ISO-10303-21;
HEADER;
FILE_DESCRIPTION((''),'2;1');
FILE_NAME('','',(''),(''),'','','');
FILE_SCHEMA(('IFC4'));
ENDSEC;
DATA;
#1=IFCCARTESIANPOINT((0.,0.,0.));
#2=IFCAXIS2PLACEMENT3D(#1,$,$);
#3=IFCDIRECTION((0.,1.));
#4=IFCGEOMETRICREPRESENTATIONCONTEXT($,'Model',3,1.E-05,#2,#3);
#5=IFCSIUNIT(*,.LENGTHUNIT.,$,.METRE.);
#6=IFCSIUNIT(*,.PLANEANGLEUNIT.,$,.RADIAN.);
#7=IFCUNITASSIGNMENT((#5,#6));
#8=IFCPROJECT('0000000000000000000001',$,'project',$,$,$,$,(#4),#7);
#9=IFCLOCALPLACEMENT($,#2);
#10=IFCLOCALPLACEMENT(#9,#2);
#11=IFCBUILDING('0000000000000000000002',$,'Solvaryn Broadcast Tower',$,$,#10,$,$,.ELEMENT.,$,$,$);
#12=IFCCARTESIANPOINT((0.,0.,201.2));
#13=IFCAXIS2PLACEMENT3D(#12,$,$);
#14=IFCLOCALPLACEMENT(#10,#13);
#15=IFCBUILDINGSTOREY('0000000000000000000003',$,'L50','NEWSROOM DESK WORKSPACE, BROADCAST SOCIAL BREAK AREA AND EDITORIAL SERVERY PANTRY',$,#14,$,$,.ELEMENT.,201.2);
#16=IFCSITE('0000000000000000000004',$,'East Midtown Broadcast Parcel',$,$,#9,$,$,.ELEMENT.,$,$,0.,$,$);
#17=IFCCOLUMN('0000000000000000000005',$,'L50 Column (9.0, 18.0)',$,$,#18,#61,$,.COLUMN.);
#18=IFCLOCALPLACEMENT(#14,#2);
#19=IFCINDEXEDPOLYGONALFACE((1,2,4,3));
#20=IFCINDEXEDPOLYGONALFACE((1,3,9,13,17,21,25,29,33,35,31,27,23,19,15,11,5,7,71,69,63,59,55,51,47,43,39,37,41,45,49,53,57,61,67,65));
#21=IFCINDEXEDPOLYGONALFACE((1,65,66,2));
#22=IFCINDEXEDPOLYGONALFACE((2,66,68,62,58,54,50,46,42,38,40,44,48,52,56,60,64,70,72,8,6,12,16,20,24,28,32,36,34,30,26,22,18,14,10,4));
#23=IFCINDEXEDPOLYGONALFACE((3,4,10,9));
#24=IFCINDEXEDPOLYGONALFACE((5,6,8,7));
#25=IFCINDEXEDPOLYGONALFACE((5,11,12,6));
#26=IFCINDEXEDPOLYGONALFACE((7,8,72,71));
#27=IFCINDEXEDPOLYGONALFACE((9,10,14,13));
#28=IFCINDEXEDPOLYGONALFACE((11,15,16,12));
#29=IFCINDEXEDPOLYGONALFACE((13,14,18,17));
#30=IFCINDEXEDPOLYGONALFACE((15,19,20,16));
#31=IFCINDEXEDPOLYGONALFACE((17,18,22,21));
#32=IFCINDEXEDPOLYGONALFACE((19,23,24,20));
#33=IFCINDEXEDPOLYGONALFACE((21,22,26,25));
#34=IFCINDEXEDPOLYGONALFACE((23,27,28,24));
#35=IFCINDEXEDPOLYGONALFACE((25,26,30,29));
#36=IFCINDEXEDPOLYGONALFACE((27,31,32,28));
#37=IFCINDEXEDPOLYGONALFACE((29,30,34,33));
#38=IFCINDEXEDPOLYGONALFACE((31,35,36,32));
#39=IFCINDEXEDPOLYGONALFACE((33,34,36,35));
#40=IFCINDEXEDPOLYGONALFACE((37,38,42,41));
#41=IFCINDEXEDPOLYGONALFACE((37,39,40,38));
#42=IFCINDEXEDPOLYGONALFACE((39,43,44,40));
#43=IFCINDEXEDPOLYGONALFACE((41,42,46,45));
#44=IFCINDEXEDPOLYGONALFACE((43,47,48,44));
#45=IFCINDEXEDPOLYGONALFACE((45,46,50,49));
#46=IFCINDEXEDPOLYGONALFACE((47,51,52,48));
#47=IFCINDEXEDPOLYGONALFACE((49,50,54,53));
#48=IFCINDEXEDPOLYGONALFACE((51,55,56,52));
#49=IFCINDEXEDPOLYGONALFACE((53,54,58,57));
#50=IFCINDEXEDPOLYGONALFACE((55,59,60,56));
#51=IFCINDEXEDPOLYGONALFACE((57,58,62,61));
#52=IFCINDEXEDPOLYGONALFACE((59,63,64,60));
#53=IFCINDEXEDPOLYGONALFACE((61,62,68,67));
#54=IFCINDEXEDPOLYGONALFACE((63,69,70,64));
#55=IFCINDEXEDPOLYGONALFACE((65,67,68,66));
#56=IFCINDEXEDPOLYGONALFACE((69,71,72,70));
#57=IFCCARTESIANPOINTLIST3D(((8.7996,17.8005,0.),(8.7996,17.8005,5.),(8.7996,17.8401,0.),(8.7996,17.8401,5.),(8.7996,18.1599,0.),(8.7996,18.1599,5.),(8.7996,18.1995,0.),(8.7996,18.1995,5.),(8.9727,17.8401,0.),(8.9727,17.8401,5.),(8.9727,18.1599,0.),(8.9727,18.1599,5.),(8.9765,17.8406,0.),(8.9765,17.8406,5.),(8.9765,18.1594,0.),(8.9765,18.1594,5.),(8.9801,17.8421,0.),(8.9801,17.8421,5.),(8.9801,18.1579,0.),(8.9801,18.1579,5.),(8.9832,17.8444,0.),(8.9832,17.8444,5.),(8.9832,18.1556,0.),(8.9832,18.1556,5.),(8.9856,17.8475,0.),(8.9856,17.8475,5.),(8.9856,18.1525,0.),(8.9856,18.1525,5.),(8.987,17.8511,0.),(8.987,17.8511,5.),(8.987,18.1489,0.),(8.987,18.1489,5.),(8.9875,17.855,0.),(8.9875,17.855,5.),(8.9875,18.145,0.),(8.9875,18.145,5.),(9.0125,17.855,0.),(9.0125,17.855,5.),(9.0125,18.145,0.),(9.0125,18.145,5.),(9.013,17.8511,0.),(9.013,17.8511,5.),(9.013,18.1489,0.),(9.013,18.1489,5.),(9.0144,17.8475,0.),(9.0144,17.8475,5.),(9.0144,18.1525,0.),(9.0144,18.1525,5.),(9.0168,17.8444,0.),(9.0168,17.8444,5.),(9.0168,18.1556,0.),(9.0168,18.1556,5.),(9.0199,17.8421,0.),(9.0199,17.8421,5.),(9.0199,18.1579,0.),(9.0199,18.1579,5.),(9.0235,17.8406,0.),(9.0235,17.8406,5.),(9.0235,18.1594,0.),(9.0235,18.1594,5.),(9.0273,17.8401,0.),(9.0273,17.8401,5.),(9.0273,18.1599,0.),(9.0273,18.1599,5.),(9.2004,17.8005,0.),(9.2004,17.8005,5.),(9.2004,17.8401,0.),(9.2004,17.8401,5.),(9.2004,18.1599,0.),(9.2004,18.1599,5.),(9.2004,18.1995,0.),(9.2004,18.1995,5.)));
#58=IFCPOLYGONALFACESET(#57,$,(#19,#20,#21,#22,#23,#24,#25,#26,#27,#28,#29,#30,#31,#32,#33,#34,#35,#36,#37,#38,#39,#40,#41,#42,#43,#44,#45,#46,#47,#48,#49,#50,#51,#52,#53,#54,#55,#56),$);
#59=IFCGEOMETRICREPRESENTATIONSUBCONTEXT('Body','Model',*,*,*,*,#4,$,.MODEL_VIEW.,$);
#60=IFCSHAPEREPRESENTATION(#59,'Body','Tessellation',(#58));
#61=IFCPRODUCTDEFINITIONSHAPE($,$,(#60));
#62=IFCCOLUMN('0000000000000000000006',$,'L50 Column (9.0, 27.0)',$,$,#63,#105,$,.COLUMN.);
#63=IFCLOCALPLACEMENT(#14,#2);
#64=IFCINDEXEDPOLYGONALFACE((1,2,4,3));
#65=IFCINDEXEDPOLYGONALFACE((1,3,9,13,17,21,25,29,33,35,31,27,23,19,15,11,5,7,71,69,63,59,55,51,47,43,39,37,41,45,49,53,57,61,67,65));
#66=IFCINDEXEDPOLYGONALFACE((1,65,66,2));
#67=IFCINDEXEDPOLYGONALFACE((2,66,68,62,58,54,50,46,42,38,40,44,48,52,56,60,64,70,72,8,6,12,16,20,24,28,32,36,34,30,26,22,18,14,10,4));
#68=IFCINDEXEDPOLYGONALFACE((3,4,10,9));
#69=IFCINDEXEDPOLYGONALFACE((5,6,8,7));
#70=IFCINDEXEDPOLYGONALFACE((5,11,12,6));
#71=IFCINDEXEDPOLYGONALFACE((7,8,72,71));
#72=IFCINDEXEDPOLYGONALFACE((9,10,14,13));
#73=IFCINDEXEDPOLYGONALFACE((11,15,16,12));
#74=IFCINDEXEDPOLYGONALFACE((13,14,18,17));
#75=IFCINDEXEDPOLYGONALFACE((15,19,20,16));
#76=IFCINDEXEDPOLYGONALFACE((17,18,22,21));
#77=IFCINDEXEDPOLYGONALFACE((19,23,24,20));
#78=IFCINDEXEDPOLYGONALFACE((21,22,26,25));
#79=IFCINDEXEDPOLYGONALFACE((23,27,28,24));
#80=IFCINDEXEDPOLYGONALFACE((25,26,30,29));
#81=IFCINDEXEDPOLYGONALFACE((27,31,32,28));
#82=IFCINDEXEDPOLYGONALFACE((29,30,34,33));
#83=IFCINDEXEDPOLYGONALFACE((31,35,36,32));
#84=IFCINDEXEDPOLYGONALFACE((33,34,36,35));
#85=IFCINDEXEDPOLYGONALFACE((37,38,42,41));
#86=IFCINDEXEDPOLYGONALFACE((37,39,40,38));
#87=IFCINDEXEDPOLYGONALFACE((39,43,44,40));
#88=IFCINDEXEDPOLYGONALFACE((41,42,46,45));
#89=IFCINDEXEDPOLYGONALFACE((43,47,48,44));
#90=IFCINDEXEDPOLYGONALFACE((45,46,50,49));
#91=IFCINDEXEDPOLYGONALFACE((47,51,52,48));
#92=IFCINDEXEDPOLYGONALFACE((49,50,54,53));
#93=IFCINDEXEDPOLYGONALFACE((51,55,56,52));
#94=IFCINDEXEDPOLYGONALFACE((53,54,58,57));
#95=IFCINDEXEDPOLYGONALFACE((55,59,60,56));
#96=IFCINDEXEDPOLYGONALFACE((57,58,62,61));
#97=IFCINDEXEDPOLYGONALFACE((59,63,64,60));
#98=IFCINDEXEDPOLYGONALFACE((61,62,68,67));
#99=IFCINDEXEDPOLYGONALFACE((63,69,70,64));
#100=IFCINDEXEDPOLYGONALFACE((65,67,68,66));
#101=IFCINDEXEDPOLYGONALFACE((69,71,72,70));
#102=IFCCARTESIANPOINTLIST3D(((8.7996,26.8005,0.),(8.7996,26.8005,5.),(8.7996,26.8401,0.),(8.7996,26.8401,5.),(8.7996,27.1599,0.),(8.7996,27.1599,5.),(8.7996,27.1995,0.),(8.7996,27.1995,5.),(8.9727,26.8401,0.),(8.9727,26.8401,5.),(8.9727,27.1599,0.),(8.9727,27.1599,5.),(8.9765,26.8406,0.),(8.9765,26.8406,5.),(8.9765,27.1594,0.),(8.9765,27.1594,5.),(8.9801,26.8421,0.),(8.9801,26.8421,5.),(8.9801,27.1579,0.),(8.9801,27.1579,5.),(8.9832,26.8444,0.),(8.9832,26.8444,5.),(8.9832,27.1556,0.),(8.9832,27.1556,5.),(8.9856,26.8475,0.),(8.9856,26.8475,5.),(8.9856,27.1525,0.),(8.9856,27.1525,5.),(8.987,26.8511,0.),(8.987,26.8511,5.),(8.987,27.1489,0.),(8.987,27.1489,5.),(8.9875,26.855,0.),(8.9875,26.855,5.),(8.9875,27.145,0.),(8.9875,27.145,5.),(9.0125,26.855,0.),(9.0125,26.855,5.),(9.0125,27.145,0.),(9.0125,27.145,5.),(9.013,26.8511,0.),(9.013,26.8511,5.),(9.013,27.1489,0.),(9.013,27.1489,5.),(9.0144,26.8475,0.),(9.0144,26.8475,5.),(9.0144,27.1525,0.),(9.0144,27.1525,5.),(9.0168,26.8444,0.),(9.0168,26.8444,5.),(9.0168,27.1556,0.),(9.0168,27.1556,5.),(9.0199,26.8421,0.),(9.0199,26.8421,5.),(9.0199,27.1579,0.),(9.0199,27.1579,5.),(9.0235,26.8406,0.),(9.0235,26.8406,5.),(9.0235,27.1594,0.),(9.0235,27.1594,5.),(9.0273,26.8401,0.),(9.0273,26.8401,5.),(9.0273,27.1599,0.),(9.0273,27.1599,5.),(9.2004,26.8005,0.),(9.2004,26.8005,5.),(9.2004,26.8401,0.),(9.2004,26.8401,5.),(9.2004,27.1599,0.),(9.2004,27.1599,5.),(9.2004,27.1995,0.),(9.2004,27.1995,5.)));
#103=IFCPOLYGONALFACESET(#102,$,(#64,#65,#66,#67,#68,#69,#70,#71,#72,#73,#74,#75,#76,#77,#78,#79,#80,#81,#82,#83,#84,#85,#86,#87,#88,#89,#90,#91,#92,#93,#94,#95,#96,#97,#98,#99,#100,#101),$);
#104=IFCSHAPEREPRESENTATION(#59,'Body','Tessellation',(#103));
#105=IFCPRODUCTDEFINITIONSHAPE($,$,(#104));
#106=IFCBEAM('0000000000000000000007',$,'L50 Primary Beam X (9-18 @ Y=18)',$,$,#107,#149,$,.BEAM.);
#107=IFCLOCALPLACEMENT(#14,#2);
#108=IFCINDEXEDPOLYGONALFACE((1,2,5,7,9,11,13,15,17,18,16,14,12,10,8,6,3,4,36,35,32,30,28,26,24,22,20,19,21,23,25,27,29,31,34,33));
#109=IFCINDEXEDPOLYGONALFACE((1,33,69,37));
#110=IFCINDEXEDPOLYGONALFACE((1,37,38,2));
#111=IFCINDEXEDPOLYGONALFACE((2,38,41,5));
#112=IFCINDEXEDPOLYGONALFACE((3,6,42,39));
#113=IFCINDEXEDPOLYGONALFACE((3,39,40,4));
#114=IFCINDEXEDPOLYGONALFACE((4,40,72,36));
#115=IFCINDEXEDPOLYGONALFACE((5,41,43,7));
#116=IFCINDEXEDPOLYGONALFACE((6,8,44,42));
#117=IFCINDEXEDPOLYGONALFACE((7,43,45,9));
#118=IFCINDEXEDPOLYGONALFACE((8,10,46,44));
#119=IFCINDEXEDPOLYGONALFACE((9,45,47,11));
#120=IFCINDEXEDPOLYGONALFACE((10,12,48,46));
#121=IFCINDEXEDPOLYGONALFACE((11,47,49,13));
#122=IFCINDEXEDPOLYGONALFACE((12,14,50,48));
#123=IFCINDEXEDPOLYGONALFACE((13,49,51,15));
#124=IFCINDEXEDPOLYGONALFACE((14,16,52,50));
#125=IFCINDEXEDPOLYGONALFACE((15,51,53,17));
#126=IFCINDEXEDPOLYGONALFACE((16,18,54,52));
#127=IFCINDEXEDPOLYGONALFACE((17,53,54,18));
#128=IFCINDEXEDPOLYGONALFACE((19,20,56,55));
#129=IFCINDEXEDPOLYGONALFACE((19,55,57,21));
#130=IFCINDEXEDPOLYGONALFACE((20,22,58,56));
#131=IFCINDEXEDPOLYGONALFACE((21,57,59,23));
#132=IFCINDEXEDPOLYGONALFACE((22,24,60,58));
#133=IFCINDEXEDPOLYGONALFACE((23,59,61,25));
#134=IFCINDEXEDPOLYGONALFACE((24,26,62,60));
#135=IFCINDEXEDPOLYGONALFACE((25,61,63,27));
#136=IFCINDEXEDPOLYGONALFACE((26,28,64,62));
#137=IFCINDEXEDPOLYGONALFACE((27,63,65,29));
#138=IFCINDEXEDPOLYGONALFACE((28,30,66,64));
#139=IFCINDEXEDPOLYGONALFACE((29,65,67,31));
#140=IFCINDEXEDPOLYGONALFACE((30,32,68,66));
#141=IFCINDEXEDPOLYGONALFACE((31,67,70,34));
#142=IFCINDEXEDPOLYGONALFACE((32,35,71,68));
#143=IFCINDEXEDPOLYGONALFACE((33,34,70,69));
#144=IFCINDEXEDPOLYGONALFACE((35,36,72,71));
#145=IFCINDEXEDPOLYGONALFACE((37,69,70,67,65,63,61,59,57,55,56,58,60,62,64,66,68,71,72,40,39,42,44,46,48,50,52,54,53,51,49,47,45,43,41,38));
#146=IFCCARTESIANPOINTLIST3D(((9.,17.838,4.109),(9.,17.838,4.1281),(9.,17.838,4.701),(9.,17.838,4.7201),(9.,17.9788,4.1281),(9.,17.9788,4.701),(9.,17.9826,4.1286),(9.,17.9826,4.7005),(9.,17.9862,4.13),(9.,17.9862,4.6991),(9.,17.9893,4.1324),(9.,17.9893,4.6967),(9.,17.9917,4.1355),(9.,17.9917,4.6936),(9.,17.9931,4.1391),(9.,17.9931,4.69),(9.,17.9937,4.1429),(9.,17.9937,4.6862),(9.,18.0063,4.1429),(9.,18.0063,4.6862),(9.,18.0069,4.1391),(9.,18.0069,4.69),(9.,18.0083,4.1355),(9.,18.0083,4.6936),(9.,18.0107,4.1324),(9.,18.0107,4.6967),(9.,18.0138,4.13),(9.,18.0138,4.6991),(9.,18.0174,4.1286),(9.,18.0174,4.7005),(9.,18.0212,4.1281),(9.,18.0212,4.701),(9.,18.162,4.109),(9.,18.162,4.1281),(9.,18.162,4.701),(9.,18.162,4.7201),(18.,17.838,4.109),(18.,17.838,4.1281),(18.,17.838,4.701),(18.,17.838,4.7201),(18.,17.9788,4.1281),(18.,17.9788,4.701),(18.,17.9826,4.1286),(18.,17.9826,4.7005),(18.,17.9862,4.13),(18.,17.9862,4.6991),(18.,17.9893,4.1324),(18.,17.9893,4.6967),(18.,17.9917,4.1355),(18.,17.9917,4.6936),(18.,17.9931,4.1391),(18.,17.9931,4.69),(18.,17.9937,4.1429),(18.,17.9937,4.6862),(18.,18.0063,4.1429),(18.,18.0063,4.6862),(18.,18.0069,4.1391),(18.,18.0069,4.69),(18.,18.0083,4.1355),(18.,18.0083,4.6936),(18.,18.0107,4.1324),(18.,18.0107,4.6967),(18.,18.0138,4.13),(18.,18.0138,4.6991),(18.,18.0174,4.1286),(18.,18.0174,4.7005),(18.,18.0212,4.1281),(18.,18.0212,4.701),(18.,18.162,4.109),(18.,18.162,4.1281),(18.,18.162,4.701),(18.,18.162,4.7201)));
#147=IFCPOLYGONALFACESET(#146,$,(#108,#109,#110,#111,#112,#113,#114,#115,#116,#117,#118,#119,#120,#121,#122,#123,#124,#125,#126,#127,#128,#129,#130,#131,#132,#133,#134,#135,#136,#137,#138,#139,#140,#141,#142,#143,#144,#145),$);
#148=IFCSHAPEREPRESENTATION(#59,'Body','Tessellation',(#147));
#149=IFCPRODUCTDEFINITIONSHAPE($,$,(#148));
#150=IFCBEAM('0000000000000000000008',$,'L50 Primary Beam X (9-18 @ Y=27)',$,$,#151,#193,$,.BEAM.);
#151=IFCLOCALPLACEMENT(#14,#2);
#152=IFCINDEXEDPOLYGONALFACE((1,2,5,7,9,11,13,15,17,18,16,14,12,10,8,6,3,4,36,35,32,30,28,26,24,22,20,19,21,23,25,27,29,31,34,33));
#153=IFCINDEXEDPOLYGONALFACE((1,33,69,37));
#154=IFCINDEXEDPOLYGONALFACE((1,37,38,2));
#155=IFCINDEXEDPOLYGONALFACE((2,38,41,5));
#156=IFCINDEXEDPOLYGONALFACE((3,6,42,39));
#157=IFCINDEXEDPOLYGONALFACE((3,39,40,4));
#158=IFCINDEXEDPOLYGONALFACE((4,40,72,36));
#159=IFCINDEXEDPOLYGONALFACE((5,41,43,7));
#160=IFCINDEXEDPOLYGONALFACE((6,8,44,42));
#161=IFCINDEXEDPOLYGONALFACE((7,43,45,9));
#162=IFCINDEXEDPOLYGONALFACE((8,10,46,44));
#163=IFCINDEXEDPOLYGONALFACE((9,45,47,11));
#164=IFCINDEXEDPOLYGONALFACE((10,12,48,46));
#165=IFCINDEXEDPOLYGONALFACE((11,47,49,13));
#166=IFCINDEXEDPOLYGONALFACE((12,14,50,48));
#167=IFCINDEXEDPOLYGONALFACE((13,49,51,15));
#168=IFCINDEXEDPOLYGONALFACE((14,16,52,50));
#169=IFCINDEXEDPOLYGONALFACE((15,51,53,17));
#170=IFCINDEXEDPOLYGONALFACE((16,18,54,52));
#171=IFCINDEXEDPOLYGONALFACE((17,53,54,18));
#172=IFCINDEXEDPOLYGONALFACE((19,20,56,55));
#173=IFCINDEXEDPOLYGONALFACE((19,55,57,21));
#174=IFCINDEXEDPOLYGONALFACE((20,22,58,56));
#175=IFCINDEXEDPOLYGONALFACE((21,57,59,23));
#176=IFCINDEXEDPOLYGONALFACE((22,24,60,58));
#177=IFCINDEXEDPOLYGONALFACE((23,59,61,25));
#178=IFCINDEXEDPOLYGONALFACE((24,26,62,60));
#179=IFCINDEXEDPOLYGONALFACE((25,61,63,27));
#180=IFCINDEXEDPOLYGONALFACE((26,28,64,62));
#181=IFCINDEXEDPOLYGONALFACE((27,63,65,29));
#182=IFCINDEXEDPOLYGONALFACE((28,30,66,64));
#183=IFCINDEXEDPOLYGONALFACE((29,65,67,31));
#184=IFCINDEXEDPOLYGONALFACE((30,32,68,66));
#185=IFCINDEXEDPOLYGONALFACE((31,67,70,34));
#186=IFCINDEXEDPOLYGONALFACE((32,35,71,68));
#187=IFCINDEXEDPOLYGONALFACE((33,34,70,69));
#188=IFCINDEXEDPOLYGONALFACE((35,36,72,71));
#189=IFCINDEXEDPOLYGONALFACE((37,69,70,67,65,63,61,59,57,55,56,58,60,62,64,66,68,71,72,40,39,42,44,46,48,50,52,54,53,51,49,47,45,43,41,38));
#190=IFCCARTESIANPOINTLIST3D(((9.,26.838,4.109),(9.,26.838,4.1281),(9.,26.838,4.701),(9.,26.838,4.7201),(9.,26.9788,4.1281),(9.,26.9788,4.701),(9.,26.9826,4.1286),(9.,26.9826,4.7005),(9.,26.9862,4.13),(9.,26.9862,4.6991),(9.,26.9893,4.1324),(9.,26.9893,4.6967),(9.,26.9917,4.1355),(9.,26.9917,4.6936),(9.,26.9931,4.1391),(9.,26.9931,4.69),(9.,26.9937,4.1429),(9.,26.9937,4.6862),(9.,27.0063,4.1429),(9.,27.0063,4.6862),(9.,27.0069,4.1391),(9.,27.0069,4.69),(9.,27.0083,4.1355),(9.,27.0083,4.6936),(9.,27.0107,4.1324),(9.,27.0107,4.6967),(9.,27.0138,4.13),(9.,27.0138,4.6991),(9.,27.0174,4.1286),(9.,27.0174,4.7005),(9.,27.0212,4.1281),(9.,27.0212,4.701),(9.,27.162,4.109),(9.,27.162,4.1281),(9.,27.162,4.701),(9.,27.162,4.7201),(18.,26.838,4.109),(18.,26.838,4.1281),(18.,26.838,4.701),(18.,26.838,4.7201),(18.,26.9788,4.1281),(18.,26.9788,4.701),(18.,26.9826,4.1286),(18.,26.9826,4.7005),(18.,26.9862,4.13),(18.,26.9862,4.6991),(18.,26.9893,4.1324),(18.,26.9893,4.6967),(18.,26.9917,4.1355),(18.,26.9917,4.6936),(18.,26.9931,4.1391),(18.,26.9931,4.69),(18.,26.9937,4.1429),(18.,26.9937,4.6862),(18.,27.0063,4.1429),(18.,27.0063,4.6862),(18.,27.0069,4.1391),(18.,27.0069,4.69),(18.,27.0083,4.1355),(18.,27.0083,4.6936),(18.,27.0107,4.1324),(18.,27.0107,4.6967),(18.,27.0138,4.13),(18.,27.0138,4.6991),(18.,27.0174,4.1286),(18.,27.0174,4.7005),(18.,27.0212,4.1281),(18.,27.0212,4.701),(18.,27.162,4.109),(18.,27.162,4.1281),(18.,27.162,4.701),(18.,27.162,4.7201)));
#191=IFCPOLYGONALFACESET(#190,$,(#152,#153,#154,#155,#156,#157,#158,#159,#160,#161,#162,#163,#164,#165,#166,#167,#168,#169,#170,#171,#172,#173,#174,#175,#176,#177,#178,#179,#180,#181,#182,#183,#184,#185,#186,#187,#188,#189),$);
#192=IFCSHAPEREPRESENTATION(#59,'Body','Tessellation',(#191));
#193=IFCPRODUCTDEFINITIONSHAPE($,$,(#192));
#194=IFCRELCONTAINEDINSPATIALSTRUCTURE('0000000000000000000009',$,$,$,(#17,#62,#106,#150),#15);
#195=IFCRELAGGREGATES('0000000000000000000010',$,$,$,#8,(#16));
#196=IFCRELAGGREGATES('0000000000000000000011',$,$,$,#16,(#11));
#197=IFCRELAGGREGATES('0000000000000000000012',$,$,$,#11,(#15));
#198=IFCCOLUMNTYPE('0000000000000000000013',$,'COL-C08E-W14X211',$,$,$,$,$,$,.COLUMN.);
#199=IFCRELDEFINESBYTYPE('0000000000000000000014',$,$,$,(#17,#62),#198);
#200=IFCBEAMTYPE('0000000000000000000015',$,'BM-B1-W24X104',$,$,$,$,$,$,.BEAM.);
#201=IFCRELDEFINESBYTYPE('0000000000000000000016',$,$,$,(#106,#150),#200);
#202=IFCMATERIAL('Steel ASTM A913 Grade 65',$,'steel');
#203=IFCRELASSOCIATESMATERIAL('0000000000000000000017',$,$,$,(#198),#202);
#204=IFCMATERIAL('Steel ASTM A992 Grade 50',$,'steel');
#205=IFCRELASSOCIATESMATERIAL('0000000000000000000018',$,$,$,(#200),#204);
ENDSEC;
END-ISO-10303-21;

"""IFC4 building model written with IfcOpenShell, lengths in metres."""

from ifc_helpers import new_model, si_unit, direction, frame, origin, origin_2d, place, context, subcontext, project, spatial, i_section, extrude, material, material_profile, profile_set, type_object, element, save


model = new_model("IFC4")

# Units and contexts
model_context = context("Model", 3, precision=1e-05, world=origin(), true_north=direction((0.0, 1.0)))
body_context = subcontext(model_context, "Body", "Model", "MODEL_VIEW")
ifc_project = project(units=[si_unit("LENGTHUNIT", "METRE"), si_unit("PLANEANGLEUNIT", "RADIAN")], contexts=[model_context])

# Site, building, storey
site_placement = place(None, origin())
site = spatial("IfcSite", under=ifc_project, at=site_placement, Name="East Midtown Broadcast Parcel", CompositionType="ELEMENT", RefElevation=0.0)
building_placement = place(site_placement, origin())
building = spatial("IfcBuilding", under=site, at=building_placement, Name="Solvaryn Broadcast Tower", CompositionType="ELEMENT")
storey_placement = place(building_placement, frame((0.0, 0.0, 201.2)))
storey = spatial("IfcBuildingStorey", under=building, at=storey_placement, Name="L50", Description="NEWSROOM DESK WORKSPACE, BROADCAST SOCIAL BREAK AREA AND EDITORIAL SERVERY PANTRY", CompositionType="ELEMENT", Elevation=201.2)

# Columns
ifc_material_1 = material(Name="Steel ASTM A913 Grade 65", Category="steel")
ifc_material_profile_1 = material_profile(ifc_material_1, i_section(OverallWidth=0.4009, OverallDepth=0.3989, WebThickness=0.0249, FlangeThickness=0.0396, FilletRadius=0.0149, at=origin_2d()))
ifc_profile_set_1 = profile_set([ifc_material_profile_1], Name="Steel ASTM A913 Grade 65")
column_type = type_object("IfcColumnType", Name="COL-C08E-W14X211", PredefinedType="COLUMN", material=ifc_profile_set_1)
for number, where, z_axis, x_axis, name in (
    (1, (9.0, 18.0, 0.0), (0.0, 0.0, 1.0), (1.0, 0.0, 0.0), "L50 Column (9.0, 18.0)"),
    (2, (9.0, 27.0, 0.0), (0.0, 0.0, 1.0), (1.0, 0.0, 0.0), "L50 Column (9.0, 27.0)"),
):
    element("IfcColumn", number, at=place(storey_placement, frame(where, z_axis=z_axis, x_axis=x_axis)), inside=storey, type_object=column_type, Name=name, PredefinedType="COLUMN", context=body_context, shape_type="SweptSolid", body=[
        extrude(i_section(OverallWidth=0.4009, OverallDepth=0.3989, WebThickness=0.0249, FlangeThickness=0.0396, FilletRadius=0.0149, at=origin_2d()), origin(), (0.0, 0.0, 1.0), 5.0),
    ])

# Beams
ifc_material_2 = material(Name="Steel ASTM A992 Grade 50", Category="steel")
ifc_material_profile_2 = material_profile(ifc_material_2, i_section(OverallWidth=0.324, OverallDepth=0.6111, WebThickness=0.0127, FlangeThickness=0.019, FilletRadius=0.0149, at=origin_2d()))
ifc_profile_set_2 = profile_set([ifc_material_profile_2], Name="Steel ASTM A992 Grade 50")
beam_type_1 = type_object("IfcBeamType", Name="BM-B1-W24X104", PredefinedType="BEAM", material=ifc_profile_set_2)
for number, where, z_axis, x_axis, name in (
    (3, (9.0, 18.0, 4.4146), (1.0, 0.0, 0.0), (0.0, 1.0, 0.0), "L50 Primary Beam X (9-18 @ Y=18)"),
    (4, (9.0, 27.0, 4.4146), (1.0, 0.0, 0.0), (0.0, 1.0, 0.0), "L50 Primary Beam X (9-18 @ Y=27)"),
):
    element("IfcBeam", number, at=place(storey_placement, frame(where, z_axis=z_axis, x_axis=x_axis)), inside=storey, type_object=beam_type_1, Name=name, PredefinedType="BEAM", context=body_context, shape_type="SweptSolid", body=[
        extrude(i_section(OverallWidth=0.324, OverallDepth=0.6111, WebThickness=0.0127, FlangeThickness=0.019, FilletRadius=0.0149, at=origin_2d()), origin(), (0.0, 0.0, 1.0), 9.0),
    ])

save(model, "model.ifc")
